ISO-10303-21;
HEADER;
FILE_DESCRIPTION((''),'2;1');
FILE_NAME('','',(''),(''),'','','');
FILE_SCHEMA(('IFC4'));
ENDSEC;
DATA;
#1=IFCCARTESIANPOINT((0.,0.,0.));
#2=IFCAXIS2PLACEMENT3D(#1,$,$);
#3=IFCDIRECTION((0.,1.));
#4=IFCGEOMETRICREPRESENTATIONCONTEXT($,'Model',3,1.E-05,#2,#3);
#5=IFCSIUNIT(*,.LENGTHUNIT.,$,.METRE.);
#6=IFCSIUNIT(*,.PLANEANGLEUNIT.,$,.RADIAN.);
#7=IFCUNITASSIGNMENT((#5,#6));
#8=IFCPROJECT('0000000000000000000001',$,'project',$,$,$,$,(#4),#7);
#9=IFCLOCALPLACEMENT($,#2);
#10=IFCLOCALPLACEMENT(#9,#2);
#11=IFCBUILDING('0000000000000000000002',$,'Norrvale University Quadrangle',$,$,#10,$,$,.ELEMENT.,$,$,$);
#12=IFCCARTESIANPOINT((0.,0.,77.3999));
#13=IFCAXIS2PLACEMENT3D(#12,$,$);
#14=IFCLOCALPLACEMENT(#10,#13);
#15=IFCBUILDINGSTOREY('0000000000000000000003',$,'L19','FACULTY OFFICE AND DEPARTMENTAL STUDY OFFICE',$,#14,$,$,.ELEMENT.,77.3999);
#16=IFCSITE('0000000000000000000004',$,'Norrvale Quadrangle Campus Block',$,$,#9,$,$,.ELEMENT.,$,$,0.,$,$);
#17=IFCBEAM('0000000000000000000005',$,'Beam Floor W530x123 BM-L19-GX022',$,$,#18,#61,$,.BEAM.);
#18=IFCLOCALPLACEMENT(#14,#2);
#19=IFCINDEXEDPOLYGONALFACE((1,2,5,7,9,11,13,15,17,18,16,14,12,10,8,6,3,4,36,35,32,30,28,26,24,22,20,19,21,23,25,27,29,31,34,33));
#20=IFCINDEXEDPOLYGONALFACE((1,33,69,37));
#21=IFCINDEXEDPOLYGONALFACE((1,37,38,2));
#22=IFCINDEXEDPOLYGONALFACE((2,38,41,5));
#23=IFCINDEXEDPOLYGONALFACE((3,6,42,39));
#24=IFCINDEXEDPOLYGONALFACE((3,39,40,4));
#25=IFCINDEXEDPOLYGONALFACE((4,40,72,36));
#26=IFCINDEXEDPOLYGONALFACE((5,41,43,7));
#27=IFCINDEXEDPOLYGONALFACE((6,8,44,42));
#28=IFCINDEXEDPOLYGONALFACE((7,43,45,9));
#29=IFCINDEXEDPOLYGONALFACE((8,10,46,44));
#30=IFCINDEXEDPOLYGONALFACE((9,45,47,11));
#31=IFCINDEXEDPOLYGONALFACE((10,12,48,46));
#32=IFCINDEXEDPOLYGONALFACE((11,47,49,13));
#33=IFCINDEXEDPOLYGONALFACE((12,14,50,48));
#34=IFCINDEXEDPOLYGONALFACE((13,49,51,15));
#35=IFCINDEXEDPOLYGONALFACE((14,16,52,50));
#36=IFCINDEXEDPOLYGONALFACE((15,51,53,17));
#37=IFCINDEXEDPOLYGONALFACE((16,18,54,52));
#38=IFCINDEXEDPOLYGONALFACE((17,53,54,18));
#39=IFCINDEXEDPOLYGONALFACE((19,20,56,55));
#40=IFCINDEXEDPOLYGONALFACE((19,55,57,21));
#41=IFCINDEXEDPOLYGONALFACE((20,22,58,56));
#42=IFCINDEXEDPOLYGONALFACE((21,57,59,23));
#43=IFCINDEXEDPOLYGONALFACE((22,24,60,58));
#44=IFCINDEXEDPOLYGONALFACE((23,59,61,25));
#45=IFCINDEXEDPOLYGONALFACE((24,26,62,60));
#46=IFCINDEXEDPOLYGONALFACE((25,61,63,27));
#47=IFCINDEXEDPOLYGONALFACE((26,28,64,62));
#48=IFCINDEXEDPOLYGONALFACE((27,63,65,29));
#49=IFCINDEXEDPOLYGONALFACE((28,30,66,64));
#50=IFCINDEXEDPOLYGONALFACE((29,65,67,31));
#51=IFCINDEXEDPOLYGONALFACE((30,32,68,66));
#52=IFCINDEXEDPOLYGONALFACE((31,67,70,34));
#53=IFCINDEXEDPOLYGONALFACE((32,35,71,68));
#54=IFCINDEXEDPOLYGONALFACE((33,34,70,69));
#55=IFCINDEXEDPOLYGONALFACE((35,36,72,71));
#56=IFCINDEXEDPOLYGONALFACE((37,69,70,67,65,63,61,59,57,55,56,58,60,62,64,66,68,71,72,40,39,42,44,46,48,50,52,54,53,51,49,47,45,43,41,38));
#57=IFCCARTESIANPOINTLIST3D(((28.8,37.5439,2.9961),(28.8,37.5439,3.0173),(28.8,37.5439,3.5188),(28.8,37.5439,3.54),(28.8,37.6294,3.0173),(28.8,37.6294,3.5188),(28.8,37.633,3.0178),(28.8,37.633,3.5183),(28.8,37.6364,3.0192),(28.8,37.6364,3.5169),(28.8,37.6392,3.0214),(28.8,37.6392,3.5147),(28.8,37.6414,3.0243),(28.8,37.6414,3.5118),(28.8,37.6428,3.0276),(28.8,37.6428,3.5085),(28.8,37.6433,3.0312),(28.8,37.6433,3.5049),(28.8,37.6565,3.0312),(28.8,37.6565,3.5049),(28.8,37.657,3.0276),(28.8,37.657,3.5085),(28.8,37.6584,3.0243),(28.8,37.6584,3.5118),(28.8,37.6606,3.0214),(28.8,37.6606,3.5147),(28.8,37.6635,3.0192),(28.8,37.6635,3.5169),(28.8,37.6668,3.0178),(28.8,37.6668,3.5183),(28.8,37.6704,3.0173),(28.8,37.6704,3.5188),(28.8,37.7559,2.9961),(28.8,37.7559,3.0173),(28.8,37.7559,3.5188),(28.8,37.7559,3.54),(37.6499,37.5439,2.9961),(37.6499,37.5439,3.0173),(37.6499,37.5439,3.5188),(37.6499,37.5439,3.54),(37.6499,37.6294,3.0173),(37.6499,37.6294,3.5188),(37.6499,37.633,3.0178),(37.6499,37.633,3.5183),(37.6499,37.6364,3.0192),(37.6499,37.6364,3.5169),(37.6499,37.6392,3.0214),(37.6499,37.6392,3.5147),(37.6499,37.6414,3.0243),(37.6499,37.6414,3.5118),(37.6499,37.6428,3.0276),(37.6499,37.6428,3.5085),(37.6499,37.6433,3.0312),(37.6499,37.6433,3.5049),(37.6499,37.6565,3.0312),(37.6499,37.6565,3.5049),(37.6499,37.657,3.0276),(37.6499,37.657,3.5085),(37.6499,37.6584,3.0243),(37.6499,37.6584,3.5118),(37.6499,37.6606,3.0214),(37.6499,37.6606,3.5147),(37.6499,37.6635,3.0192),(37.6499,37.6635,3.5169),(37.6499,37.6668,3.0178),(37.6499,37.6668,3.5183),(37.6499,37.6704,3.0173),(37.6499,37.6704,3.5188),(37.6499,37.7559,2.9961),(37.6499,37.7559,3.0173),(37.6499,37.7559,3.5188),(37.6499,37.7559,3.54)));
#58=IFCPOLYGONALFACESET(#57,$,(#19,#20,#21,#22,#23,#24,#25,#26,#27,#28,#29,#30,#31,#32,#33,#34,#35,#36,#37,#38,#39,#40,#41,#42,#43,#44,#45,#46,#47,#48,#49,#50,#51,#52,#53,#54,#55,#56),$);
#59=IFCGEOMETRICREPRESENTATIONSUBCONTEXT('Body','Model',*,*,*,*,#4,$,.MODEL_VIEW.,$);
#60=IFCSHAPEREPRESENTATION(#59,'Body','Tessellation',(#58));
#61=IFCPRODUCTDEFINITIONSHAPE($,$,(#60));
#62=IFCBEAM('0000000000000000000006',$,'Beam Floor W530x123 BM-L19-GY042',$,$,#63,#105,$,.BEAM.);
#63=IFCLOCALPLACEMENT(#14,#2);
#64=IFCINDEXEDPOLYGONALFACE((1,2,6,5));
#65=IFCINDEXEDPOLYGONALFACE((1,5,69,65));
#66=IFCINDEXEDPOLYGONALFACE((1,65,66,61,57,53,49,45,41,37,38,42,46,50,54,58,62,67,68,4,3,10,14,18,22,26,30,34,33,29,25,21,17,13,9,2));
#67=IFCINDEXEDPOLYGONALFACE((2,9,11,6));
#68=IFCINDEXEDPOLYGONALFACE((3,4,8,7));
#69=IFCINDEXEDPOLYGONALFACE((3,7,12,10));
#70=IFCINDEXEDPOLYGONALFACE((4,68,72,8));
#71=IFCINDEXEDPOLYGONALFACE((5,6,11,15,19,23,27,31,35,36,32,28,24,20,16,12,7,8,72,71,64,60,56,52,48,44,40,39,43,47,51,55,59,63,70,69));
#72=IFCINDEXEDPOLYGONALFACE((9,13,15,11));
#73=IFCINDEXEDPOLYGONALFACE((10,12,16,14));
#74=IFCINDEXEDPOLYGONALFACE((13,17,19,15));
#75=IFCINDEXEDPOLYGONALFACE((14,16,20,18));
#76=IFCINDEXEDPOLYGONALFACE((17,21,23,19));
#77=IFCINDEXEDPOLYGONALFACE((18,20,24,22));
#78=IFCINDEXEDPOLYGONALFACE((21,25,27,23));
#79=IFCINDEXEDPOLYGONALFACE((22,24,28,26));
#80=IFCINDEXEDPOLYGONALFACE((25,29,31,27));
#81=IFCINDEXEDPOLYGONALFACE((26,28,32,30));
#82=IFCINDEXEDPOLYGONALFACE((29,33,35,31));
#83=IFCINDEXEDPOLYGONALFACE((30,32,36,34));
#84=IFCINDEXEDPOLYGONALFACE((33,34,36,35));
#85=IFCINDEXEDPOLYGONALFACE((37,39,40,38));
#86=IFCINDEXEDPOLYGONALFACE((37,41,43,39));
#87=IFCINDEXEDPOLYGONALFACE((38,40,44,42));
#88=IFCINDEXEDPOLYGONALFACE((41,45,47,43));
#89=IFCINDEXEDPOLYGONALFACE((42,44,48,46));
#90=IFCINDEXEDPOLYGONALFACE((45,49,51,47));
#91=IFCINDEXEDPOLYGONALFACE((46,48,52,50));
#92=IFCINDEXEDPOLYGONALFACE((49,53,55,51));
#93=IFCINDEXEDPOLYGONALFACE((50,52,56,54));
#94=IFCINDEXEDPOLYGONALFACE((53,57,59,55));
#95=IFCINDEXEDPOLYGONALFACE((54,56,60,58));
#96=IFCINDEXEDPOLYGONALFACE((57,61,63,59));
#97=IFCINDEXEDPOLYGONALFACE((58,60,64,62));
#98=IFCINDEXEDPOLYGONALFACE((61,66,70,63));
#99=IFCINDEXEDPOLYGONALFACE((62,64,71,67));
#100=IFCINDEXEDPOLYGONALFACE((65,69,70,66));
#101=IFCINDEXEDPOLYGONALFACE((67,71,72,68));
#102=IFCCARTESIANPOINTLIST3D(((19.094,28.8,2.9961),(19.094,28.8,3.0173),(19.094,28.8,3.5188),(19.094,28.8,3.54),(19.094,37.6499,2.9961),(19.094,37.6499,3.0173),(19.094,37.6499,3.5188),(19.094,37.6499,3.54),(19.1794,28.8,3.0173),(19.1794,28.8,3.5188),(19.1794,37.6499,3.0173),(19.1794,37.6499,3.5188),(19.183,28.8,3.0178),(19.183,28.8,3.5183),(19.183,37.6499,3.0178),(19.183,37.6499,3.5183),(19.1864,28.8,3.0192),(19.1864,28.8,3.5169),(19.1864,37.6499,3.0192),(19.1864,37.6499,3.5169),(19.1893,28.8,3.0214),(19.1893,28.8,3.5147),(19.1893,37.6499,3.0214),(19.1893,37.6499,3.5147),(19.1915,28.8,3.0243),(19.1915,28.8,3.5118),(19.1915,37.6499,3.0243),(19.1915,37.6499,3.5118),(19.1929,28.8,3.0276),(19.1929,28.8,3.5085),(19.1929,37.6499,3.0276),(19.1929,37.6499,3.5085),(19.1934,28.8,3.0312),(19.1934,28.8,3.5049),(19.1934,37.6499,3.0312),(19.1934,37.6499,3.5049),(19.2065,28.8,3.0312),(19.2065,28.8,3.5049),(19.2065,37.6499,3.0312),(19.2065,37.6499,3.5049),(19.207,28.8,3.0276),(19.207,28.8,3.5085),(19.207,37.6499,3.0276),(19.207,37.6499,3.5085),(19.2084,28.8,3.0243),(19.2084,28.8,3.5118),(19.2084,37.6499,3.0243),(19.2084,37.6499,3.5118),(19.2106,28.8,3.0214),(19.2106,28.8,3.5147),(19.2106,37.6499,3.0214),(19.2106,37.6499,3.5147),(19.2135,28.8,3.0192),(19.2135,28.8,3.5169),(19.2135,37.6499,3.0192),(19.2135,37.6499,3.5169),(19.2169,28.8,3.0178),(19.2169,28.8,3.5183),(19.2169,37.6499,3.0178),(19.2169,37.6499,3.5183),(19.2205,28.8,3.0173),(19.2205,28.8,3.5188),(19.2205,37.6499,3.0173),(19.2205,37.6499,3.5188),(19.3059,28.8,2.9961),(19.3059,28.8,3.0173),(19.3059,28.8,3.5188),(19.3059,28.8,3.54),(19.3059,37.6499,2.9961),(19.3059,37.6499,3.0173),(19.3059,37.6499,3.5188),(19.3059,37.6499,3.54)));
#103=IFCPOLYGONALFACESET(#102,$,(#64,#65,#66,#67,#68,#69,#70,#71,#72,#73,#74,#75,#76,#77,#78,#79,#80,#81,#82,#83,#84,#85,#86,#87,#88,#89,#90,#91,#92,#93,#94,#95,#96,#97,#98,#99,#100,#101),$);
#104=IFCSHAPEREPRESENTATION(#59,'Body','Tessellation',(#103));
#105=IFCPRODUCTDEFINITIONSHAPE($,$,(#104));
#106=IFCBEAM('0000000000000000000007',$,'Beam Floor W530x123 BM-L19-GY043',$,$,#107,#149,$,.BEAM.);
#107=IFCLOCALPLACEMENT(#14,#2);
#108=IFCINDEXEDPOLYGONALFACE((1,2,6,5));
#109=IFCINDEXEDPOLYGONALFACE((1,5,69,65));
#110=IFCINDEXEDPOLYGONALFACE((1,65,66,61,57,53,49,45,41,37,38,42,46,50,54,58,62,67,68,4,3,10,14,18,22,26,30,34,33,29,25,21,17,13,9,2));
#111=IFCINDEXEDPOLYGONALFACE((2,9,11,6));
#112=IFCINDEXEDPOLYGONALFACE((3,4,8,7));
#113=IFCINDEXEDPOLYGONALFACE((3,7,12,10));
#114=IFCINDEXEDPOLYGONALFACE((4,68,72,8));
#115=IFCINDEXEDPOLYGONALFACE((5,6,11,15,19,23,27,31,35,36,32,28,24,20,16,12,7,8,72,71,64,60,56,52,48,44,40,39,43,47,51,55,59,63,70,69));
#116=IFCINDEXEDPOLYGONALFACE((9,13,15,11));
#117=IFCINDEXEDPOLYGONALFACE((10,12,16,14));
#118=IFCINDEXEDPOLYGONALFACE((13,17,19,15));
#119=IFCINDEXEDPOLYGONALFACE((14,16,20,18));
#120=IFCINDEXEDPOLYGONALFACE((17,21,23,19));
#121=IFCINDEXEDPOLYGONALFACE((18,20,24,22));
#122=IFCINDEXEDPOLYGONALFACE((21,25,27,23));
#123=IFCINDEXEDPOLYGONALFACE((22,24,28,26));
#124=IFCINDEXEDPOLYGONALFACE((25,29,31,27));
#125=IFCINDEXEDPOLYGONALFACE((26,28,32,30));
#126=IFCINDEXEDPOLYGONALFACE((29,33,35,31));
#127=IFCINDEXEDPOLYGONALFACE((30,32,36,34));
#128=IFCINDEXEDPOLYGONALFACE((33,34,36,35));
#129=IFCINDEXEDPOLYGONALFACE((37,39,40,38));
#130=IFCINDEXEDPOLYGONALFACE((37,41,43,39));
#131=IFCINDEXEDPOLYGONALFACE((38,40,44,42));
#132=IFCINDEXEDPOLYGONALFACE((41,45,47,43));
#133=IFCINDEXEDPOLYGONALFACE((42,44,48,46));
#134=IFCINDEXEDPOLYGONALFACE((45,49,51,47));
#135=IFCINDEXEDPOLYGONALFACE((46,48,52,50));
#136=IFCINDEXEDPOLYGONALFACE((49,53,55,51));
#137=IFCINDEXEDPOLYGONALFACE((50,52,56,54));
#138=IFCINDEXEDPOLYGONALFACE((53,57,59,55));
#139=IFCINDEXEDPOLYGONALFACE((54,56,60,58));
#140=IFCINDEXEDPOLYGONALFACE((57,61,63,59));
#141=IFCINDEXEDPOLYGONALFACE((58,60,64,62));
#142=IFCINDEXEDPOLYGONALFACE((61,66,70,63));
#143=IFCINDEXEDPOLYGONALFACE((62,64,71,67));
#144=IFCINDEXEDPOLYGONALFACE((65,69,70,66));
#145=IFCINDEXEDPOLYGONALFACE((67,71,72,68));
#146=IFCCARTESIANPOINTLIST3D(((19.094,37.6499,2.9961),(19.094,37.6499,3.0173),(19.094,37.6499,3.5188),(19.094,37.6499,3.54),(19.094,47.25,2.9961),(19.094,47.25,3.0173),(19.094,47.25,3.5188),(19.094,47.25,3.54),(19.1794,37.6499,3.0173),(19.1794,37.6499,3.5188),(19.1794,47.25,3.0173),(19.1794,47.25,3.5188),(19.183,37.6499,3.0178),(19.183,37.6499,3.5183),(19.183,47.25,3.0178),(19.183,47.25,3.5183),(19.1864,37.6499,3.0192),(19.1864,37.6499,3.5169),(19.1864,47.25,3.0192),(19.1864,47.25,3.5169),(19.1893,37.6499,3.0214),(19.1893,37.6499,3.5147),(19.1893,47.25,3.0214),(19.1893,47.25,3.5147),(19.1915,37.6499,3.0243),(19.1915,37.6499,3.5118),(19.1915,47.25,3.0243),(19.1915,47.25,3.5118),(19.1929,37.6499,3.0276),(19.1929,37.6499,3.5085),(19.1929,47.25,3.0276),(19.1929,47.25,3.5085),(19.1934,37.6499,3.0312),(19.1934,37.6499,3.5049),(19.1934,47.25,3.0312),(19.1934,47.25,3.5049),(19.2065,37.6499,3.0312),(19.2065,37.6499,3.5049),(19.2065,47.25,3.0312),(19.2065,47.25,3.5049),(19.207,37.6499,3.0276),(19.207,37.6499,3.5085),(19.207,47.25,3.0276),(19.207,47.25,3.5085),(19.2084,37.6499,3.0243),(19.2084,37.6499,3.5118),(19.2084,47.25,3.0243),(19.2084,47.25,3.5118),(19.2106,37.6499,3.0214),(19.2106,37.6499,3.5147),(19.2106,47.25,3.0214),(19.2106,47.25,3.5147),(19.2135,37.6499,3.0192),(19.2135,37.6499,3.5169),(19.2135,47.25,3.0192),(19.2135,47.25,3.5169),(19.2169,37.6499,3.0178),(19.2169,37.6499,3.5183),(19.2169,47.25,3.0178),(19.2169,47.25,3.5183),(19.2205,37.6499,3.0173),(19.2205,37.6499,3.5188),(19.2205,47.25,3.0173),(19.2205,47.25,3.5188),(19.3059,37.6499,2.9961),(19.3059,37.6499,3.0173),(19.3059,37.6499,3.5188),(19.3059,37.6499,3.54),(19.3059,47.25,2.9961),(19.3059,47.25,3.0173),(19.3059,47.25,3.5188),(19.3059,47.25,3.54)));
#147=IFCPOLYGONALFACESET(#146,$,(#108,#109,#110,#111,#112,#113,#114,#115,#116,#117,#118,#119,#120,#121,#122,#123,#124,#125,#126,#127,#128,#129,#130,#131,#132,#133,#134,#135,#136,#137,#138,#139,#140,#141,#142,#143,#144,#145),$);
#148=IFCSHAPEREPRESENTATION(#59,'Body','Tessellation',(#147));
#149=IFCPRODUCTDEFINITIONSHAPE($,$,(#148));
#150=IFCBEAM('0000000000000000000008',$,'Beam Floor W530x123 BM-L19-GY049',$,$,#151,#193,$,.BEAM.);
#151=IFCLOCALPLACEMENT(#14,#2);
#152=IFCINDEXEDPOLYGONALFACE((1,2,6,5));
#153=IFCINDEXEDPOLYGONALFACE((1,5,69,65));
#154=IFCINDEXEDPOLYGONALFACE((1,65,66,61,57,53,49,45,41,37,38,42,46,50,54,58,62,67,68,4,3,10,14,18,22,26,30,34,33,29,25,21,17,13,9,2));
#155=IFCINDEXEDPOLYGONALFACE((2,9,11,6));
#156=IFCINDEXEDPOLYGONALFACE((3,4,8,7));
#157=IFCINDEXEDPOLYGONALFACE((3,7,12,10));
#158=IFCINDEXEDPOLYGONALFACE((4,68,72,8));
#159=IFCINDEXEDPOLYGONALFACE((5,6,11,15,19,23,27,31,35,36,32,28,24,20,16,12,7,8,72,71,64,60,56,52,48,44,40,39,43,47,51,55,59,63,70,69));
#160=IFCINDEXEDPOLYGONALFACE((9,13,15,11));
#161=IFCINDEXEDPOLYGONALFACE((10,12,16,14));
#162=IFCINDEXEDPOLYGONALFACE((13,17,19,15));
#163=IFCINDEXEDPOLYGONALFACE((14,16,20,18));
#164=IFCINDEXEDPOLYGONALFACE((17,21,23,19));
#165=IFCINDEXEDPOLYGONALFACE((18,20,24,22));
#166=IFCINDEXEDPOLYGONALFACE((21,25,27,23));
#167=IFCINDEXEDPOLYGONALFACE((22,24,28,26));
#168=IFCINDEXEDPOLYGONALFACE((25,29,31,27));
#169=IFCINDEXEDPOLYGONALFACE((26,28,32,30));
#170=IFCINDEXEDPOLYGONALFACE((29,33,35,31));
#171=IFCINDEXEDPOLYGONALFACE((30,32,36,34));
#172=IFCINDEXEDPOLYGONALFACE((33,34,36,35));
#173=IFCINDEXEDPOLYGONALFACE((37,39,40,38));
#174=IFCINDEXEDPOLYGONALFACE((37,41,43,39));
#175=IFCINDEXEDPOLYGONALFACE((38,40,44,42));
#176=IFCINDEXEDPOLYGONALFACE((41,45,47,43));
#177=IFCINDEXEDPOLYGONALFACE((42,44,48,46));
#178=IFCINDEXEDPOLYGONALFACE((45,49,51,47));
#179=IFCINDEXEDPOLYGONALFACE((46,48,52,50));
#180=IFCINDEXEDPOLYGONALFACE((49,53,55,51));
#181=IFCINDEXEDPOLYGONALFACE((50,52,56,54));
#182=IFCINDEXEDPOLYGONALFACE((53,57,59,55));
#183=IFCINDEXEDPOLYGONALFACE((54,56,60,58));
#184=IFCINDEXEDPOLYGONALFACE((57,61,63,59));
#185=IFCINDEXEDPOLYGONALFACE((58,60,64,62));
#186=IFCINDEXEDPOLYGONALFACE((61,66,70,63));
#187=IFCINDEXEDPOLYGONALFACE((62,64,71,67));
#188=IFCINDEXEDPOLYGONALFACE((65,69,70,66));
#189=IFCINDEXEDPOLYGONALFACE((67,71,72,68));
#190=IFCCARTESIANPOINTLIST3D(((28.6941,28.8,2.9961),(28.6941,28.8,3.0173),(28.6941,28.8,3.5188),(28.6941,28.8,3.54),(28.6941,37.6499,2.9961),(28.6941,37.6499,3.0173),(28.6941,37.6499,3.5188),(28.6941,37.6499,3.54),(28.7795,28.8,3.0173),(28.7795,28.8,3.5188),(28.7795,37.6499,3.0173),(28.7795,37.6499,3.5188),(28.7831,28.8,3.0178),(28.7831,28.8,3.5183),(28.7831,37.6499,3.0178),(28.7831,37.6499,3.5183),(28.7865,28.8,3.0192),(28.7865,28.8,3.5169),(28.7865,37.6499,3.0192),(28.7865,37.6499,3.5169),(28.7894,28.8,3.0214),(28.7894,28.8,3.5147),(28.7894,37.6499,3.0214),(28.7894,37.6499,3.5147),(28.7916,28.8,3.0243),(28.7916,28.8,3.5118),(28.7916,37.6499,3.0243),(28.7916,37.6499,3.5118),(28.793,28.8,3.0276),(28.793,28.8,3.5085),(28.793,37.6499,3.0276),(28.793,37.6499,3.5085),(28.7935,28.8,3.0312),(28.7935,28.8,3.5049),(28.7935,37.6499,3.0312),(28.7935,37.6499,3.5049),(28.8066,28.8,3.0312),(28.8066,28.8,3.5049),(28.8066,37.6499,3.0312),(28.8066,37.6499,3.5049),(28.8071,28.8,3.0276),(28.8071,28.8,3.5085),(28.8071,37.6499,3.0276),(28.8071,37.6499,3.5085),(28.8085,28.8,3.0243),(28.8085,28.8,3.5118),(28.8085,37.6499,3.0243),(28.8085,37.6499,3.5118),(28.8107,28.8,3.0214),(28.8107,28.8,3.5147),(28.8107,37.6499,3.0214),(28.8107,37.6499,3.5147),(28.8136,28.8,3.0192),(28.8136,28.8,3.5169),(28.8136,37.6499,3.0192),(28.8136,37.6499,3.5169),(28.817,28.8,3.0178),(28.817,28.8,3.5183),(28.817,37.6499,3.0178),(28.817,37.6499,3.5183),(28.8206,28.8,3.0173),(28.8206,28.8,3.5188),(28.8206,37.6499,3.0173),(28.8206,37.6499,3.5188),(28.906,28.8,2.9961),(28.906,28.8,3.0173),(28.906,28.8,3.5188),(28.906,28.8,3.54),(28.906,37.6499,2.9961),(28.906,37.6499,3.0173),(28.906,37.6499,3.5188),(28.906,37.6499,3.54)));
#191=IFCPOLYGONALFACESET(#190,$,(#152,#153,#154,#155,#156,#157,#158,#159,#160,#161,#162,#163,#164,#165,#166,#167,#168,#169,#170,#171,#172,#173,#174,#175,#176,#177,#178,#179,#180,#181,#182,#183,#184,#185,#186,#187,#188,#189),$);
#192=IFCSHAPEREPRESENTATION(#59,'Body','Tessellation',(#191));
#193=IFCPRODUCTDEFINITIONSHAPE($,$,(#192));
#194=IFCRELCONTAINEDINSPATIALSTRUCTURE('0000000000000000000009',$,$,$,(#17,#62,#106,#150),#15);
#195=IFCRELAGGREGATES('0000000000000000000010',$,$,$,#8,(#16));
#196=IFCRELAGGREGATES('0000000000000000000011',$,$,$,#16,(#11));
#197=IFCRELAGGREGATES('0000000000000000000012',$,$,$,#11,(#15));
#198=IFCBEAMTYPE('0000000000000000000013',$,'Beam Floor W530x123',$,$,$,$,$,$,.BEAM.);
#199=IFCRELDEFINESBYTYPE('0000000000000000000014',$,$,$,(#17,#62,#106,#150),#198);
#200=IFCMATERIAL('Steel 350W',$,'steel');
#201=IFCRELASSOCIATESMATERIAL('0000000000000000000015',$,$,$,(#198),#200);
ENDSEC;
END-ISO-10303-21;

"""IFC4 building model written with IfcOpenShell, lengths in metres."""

from ifc_helpers import new_model, si_unit, direction, frame, origin, origin_2d, place, context, subcontext, project, spatial, i_section, extrude, material, material_profile, profile_set, type_object, element, save


model = new_model("IFC4")

# Units and contexts
model_context = context("Model", 3, precision=1e-05, world=origin(), true_north=direction((0.0, 1.0)))
body_context = subcontext(model_context, "Body", "Model", "MODEL_VIEW")
ifc_project = project(units=[si_unit("LENGTHUNIT", "METRE"), si_unit("PLANEANGLEUNIT", "RADIAN")], contexts=[model_context])

# Site, building, storey
site_placement = place(None, origin())
site = spatial("IfcSite", under=ifc_project, at=site_placement, Name="Norrvale Quadrangle Campus Block", CompositionType="ELEMENT", RefElevation=0.0)
building_placement = place(site_placement, origin())
building = spatial("IfcBuilding", under=site, at=building_placement, Name="Norrvale University Quadrangle", CompositionType="ELEMENT")
storey_placement = place(building_placement, frame((0.0, 0.0, 77.3999)))
storey = spatial("IfcBuildingStorey", under=building, at=storey_placement, Name="L19", Description="FACULTY OFFICE AND DEPARTMENTAL STUDY OFFICE", CompositionType="ELEMENT", Elevation=77.3999)

# Beams
ifc_material_1 = material(Name="Steel 350W", Category="steel")
ifc_material_profile_1 = material_profile(ifc_material_1, i_section(OverallWidth=0.2119, OverallDepth=0.5439, WebThickness=0.0132, FlangeThickness=0.0212, FilletRadius=0.0139, at=origin_2d()), Name="Steel 350W")
ifc_profile_set_1 = profile_set([ifc_material_profile_1], Name="Steel 350W")
beam_type_1 = type_object("IfcBeamType", Name="Beam Floor W530x123", PredefinedType="BEAM", material=ifc_profile_set_1)
for number, where, z_axis, x_axis, name in (
    (1, (28.8, 37.6499, 3.2681), (1.0, 0.0, 0.0), (0.0, 1.0, 0.0), "Beam Floor W530x123 BM-L19-GX022"),
    (2, (19.2, 28.8, 3.2681), (0.0, 1.0, 0.0), (-1.0, 0.0, 0.0), "Beam Floor W530x123 BM-L19-GY042"),
):
    element("IfcBeam", number, at=place(storey_placement, frame(where, z_axis=z_axis, x_axis=x_axis)), inside=storey, type_object=beam_type_1, Name=name, PredefinedType="BEAM", context=body_context, shape_type="SweptSolid", body=[
        extrude(i_section(OverallWidth=0.2119, OverallDepth=0.5439, WebThickness=0.0132, FlangeThickness=0.0212, FilletRadius=0.0139, at=origin_2d()), origin(), (0.0, 0.0, 1.0), 8.8499),
    ])
beam_1_placement = place(storey_placement, frame((19.2, 37.6499, 3.2681), z_axis=(0.0, 1.0, 0.0), x_axis=(-1.0, 0.0, 0.0)))
element("IfcBeam", 3, at=beam_1_placement, inside=storey, type_object=beam_type_1, Name="Beam Floor W530x123 BM-L19-GY043", PredefinedType="BEAM", context=body_context, shape_type="SweptSolid", body=[
    extrude(i_section(OverallWidth=0.2119, OverallDepth=0.5439, WebThickness=0.0132, FlangeThickness=0.0212, FilletRadius=0.0139, at=origin_2d()), origin(), (0.0, 0.0, 1.0), 9.6001),
])
beam_2_placement = place(storey_placement, frame((28.8, 28.8, 3.2681), z_axis=(0.0, 1.0, 0.0), x_axis=(-1.0, 0.0, 0.0)))
element("IfcBeam", 4, at=beam_2_placement, inside=storey, type_object=beam_type_1, Name="Beam Floor W530x123 BM-L19-GY049", PredefinedType="BEAM", context=body_context, shape_type="SweptSolid", body=[
    extrude(i_section(OverallWidth=0.2119, OverallDepth=0.5439, WebThickness=0.0132, FlangeThickness=0.0212, FilletRadius=0.0139, at=origin_2d()), origin(), (0.0, 0.0, 1.0), 8.8499),
])

save(model, "model.ifc")
